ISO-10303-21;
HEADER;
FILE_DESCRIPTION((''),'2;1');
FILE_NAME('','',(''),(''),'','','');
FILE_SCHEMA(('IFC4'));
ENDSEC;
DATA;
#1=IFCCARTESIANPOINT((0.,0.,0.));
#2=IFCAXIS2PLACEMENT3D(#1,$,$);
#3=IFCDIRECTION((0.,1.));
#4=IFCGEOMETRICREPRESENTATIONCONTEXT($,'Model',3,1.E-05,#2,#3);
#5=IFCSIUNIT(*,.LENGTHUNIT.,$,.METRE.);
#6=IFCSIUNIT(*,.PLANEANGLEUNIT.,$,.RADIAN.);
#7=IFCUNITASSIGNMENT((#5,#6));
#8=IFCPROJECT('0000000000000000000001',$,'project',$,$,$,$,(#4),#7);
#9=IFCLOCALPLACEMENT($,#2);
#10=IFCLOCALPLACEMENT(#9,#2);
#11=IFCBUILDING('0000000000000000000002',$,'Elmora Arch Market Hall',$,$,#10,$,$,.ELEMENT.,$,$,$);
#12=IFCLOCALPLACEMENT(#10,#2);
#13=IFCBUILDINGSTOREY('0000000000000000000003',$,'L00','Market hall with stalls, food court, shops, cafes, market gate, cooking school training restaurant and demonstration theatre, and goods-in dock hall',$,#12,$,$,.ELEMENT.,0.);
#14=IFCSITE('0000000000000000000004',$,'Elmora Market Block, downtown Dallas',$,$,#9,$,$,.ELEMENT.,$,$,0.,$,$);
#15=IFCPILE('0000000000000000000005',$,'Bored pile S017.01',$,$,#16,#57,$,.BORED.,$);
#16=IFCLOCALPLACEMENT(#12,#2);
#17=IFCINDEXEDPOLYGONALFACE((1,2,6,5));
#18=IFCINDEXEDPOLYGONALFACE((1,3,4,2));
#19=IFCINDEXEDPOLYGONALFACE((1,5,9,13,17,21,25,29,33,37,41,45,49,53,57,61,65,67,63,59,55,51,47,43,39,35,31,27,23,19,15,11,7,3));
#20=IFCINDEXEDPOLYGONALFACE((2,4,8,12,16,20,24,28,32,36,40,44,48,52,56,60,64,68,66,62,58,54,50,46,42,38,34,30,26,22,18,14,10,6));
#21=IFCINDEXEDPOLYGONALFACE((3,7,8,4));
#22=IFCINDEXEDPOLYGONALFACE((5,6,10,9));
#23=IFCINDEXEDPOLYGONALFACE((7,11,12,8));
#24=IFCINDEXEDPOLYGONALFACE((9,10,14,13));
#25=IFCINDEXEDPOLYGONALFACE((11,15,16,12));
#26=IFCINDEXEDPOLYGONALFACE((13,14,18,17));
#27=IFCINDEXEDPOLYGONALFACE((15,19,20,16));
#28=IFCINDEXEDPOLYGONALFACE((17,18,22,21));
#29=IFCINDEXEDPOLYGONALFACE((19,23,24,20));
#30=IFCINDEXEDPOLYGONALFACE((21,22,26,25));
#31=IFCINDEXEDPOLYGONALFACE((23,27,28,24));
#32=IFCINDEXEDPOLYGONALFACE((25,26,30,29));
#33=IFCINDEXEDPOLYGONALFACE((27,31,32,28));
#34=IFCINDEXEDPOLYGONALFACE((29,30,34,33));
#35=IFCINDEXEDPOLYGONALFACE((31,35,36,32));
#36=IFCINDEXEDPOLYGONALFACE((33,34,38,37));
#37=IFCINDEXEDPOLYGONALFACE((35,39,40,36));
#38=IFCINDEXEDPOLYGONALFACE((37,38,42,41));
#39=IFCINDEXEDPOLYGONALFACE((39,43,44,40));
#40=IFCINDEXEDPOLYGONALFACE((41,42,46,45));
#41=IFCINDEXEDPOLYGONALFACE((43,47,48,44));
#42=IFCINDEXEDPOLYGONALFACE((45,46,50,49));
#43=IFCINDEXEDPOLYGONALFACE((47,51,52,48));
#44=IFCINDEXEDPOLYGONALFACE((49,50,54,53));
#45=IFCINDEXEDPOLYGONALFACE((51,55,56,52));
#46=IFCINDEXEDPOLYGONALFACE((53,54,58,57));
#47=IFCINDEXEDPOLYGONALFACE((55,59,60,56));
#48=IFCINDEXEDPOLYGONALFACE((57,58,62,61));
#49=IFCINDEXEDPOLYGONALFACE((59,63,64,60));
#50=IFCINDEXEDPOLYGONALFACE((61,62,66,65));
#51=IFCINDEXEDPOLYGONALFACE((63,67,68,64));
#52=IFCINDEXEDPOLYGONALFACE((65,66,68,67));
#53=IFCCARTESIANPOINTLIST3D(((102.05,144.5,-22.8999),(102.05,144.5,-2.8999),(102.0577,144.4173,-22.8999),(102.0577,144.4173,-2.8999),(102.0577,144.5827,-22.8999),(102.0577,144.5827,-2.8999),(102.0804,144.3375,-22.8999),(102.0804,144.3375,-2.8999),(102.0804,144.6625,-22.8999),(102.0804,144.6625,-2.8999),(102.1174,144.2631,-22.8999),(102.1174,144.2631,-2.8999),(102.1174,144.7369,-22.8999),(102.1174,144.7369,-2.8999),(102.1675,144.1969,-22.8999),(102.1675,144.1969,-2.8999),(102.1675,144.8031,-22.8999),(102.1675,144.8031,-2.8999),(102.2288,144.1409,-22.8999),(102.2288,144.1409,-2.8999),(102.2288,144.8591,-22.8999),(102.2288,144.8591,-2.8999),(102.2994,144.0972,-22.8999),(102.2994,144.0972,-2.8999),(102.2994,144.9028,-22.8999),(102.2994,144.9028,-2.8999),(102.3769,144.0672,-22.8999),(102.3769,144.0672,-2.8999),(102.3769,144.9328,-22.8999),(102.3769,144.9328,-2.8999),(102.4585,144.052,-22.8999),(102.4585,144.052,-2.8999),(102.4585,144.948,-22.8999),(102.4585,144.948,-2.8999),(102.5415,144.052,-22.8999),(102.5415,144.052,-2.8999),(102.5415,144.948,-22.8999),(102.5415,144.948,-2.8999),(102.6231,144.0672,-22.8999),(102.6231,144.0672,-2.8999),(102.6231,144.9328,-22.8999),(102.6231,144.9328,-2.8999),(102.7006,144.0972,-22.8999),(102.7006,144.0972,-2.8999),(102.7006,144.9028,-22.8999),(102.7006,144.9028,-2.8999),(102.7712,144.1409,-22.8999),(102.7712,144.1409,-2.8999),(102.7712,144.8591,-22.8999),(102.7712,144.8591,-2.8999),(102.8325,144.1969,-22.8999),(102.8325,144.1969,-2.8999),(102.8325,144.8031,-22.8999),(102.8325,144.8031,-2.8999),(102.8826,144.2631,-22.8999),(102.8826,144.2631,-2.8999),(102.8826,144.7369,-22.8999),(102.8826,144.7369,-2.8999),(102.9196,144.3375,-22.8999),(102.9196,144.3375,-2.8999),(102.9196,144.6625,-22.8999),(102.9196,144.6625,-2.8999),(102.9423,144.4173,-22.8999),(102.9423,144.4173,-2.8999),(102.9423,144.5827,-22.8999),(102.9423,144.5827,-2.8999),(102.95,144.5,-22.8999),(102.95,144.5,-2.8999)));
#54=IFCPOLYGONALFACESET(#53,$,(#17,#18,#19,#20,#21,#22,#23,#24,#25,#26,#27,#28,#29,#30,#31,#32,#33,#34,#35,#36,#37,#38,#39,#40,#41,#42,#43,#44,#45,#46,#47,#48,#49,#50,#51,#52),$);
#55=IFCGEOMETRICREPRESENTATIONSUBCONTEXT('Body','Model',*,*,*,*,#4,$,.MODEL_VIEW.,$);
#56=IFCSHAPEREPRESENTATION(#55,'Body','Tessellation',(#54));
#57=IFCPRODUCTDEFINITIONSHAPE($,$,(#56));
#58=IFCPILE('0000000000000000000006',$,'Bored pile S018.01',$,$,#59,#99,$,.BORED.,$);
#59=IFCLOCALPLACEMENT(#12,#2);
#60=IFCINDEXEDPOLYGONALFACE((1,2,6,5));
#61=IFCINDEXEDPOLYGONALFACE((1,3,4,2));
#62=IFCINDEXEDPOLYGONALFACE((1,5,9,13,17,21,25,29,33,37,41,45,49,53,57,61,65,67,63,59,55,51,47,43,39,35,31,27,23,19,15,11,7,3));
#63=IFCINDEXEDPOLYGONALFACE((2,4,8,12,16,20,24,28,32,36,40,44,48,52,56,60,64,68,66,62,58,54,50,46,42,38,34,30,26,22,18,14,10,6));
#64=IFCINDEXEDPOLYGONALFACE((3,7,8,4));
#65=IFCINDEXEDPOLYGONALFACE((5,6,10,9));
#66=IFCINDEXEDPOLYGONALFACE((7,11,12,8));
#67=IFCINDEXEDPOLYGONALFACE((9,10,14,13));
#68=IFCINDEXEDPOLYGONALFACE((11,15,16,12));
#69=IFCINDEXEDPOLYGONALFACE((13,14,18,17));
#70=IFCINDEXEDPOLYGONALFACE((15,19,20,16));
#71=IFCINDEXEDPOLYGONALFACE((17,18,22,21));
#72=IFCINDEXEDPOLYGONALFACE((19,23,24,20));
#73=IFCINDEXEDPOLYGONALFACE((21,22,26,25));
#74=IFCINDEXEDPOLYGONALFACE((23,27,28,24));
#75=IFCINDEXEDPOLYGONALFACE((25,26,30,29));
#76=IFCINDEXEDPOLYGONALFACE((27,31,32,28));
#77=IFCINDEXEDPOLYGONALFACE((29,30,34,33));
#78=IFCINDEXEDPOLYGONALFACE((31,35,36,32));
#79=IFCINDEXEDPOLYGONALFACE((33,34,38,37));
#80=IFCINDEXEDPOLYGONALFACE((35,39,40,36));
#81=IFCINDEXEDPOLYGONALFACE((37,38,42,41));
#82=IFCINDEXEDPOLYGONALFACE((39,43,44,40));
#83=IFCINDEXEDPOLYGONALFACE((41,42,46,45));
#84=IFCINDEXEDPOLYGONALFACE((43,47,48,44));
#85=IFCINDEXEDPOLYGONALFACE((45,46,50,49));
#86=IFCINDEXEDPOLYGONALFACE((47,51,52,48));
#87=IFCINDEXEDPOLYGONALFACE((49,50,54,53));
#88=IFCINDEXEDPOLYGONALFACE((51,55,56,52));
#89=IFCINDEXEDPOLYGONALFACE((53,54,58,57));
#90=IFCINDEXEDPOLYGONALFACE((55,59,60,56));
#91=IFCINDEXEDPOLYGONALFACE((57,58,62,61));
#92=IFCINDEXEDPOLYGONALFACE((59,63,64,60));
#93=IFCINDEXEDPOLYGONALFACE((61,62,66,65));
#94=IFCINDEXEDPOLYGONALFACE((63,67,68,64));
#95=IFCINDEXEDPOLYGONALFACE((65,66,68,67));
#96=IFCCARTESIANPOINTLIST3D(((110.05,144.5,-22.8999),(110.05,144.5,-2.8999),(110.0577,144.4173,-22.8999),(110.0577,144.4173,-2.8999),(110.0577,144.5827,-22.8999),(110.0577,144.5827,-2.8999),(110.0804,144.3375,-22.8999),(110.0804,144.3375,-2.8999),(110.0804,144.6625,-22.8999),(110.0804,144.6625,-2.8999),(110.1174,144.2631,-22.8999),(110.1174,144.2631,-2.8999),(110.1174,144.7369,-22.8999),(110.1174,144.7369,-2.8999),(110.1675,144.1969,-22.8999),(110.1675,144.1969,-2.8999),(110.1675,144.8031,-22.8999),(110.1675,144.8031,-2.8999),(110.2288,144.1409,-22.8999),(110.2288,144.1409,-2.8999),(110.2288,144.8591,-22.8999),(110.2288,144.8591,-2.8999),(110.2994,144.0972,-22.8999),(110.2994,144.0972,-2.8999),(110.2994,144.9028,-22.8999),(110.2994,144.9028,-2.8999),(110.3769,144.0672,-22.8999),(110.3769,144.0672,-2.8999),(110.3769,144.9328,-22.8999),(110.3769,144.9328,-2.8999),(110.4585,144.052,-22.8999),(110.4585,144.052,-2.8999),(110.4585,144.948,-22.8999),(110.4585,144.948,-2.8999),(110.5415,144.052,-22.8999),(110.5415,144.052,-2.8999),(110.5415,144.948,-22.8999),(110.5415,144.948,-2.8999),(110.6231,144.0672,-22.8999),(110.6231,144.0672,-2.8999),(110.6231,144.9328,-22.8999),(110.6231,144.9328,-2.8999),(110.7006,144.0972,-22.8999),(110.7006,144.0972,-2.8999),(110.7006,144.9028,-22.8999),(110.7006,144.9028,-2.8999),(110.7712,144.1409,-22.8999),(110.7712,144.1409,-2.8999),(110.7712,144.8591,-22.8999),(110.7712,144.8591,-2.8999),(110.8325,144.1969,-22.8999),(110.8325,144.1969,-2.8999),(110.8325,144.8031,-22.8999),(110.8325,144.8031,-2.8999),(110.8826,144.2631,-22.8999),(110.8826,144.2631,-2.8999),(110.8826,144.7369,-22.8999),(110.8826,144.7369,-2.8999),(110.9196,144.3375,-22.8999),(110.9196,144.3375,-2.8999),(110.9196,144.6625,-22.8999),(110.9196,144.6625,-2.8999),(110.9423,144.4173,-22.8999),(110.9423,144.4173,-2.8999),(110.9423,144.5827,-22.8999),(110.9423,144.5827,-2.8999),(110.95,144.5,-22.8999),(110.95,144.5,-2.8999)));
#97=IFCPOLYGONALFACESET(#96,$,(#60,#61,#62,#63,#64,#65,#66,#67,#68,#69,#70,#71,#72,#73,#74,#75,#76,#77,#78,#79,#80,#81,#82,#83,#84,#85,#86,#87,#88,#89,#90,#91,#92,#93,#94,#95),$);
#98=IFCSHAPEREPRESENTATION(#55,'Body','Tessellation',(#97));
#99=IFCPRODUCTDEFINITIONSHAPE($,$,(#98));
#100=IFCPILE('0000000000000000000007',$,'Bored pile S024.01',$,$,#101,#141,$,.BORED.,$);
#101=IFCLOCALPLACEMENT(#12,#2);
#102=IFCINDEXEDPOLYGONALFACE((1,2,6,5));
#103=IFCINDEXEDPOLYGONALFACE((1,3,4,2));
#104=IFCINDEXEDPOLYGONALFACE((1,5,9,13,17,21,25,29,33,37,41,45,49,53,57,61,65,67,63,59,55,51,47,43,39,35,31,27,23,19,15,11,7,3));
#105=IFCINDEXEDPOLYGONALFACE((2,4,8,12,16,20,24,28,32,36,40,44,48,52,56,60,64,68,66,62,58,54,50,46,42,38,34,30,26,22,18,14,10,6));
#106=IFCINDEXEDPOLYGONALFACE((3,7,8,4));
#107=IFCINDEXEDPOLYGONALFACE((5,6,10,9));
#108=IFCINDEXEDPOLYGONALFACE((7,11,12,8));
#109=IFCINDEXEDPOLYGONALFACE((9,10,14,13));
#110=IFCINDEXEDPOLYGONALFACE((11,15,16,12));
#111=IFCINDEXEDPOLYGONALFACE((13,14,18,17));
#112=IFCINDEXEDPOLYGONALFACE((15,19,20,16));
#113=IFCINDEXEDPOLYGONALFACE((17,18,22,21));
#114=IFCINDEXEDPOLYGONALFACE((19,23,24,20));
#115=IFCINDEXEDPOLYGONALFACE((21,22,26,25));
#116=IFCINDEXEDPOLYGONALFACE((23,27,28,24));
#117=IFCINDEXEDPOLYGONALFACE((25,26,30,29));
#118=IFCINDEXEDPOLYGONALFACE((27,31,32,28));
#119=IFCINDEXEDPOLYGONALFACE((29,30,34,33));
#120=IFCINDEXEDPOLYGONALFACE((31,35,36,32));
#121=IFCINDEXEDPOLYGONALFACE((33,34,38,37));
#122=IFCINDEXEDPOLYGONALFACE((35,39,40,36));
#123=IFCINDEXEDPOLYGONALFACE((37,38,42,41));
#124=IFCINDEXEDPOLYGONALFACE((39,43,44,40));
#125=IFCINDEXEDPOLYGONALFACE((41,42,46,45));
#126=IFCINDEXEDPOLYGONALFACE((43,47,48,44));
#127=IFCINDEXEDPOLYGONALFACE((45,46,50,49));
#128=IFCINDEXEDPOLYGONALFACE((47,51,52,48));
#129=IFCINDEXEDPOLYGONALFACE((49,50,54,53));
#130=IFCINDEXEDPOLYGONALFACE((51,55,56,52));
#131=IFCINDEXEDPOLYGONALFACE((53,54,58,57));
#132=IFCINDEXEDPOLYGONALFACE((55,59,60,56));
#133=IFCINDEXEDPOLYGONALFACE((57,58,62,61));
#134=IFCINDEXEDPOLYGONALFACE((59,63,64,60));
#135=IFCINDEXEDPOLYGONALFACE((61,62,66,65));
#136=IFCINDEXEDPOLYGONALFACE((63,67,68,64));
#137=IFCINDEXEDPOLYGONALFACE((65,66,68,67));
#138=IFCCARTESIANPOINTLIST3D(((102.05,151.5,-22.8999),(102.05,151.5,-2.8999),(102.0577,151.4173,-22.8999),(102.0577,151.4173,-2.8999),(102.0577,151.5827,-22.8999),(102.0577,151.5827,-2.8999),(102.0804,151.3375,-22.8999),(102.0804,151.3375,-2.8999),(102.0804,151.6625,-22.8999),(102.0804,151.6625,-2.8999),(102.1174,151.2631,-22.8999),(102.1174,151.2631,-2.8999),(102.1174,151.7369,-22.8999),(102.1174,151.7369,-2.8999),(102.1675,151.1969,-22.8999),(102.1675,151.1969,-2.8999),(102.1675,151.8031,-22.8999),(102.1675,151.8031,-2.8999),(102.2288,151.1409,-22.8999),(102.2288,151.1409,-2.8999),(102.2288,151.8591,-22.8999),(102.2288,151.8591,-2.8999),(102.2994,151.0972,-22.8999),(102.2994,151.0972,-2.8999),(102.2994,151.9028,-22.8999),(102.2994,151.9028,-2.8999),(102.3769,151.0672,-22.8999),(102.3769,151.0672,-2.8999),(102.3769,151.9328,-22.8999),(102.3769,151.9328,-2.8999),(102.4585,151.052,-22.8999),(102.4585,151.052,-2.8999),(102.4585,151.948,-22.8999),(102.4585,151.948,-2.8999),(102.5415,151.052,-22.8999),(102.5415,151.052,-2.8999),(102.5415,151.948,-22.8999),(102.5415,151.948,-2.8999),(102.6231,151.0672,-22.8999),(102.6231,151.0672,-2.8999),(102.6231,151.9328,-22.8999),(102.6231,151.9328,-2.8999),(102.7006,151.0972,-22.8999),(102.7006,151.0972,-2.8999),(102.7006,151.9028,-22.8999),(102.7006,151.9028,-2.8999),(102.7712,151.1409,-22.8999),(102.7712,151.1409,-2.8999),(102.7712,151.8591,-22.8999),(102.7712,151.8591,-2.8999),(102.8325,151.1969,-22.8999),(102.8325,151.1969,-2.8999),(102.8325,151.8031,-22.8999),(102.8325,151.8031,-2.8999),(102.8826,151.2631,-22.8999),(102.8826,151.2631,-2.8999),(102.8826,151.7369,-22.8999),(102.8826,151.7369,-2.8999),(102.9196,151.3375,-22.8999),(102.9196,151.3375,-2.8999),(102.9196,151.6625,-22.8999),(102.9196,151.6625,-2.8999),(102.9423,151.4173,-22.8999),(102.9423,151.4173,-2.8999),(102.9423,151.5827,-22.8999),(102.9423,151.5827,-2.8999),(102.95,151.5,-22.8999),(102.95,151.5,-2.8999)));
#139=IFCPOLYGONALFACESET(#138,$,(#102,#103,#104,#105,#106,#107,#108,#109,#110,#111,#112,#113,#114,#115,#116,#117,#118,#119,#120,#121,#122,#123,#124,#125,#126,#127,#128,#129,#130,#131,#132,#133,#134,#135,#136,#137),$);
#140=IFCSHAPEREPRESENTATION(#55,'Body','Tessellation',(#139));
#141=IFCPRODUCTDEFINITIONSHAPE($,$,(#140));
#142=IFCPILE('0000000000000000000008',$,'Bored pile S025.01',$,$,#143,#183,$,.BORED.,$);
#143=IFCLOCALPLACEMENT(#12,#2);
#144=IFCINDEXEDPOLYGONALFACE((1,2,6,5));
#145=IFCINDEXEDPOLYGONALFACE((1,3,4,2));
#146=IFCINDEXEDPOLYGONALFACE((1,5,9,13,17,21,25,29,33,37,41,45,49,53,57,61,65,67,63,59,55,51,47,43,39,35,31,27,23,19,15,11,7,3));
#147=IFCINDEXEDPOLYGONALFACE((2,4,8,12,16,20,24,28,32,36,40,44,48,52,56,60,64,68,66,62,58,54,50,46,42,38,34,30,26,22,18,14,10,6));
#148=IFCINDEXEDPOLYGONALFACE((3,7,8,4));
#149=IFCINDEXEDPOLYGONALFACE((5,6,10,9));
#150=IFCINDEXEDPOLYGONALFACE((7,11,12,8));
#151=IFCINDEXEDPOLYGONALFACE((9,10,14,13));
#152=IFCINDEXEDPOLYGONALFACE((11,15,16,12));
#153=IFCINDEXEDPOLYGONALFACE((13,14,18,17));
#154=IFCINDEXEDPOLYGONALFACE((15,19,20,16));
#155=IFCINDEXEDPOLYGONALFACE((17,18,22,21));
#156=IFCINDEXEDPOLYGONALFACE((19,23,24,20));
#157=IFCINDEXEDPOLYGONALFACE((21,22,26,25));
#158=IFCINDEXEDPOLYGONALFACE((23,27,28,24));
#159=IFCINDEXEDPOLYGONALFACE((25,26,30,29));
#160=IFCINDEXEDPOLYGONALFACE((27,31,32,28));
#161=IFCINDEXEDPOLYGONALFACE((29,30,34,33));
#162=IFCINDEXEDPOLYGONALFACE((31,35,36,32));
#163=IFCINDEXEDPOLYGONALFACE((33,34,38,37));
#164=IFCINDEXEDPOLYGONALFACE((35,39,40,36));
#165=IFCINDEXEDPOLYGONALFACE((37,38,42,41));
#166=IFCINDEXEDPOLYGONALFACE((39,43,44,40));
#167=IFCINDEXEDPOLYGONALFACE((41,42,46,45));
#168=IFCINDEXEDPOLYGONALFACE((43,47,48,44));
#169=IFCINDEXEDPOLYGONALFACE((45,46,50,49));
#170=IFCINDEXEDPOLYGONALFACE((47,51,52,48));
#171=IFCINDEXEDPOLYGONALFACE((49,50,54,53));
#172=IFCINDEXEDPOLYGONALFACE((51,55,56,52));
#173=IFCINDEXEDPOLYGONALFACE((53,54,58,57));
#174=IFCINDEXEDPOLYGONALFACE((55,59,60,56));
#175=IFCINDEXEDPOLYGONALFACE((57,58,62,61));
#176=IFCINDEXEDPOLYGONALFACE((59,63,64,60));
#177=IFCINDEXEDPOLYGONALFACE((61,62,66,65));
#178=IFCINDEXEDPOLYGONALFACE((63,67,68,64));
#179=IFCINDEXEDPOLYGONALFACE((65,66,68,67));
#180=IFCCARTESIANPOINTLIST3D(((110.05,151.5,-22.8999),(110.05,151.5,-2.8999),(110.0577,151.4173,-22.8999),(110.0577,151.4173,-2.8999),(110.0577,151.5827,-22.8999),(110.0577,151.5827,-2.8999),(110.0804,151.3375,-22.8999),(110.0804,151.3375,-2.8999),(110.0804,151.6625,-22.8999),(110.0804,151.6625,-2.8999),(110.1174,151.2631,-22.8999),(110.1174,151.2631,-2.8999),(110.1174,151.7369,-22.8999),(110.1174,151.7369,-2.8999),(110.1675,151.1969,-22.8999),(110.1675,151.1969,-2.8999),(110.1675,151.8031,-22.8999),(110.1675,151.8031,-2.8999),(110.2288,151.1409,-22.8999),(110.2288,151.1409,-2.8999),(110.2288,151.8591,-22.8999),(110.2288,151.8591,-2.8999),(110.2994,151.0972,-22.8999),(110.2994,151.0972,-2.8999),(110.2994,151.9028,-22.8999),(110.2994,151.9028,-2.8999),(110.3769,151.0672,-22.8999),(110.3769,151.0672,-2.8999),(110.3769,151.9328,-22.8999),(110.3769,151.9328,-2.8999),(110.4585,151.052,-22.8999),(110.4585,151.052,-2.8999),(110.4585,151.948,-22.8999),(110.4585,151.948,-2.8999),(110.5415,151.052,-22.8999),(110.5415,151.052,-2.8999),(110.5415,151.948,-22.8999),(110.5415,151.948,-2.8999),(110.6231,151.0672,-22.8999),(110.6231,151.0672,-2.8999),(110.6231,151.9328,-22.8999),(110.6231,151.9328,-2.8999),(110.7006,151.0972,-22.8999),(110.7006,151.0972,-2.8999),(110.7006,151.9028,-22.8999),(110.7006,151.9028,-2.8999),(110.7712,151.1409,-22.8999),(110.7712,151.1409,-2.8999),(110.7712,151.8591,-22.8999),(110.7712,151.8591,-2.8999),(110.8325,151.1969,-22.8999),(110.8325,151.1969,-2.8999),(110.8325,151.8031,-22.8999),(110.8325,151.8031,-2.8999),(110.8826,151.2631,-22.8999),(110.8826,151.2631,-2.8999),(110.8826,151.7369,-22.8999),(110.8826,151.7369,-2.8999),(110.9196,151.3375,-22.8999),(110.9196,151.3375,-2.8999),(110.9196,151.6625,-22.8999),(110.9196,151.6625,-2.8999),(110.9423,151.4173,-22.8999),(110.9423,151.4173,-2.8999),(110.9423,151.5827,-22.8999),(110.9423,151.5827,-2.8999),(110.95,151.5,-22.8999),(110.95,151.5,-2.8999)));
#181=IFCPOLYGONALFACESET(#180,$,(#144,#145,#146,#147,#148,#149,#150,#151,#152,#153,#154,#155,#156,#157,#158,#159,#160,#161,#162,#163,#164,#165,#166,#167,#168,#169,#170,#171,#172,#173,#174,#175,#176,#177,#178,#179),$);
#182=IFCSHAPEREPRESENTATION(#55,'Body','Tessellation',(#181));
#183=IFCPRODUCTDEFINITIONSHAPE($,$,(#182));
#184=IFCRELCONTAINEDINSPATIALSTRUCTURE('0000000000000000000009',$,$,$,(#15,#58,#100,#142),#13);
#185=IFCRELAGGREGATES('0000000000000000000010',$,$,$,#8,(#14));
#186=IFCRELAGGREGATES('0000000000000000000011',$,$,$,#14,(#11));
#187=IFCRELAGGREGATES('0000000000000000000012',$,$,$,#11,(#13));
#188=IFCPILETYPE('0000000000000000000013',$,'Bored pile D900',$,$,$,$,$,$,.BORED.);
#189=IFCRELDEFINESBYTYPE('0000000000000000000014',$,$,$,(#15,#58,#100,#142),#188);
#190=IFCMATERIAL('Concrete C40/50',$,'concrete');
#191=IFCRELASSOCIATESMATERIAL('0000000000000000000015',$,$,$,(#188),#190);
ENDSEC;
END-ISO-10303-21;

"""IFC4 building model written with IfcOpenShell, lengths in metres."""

from ifc_helpers import new_model, si_unit, direction, frame, origin, origin_2d, place, context, subcontext, project, spatial, circle, extrude, material, material_profile, profile_set, type_object, element, save


model = new_model("IFC4")

# Units and contexts
model_context = context("Model", 3, precision=1e-05, world=origin(), true_north=direction((0.0, 1.0)))
body_context = subcontext(model_context, "Body", "Model", "MODEL_VIEW")
ifc_project = project(units=[si_unit("LENGTHUNIT", "METRE"), si_unit("PLANEANGLEUNIT", "RADIAN")], contexts=[model_context])

# Site, building, storey
site_placement = place(None, origin())
site = spatial("IfcSite", under=ifc_project, at=site_placement, Name="Elmora Market Block, downtown Dallas", CompositionType="ELEMENT", RefElevation=0.0)
building_placement = place(site_placement, origin())
building = spatial("IfcBuilding", under=site, at=building_placement, Name="Elmora Arch Market Hall", CompositionType="ELEMENT")
storey_placement = place(building_placement, origin())
storey = spatial("IfcBuildingStorey", under=building, at=storey_placement, Name="L00", Description="Market hall with stalls, food court, shops, cafes, market gate, cooking school training restaurant and demonstration theatre, and goods-in dock hall", CompositionType="ELEMENT", Elevation=0.0)

# Piles
ifc_material_1 = material(Name="Concrete C40/50", Category="concrete")
ifc_material_profile_1 = material_profile(ifc_material_1, circle(Radius=0.45, at=origin_2d()), Name="Bored pile D900")
ifc_profile_set_1 = profile_set([ifc_material_profile_1], Name="Concrete C40/50")
pile_type = type_object("IfcPileType", Name="Bored pile D900", PredefinedType="BORED", material=ifc_profile_set_1)
for number, where, z_axis, x_axis, name in (
    (1, (102.5, 144.5, -2.8999), (0.0, 0.0, -1.0), (1.0, 0.0, 0.0), "Bored pile S017.01"),
    (2, (110.5, 144.5, -2.8999), (0.0, 0.0, -1.0), (1.0, 0.0, 0.0), "Bored pile S018.01"),
    (3, (102.5, 151.5, -2.8999), (0.0, 0.0, -1.0), (1.0, 0.0, 0.0), "Bored pile S024.01"),
    (4, (110.5, 151.5, -2.8999), (0.0, 0.0, -1.0), (1.0, 0.0, 0.0), "Bored pile S025.01"),
):
    element("IfcPile", number, at=place(storey_placement, frame(where, z_axis=z_axis, x_axis=x_axis)), inside=storey, type_object=pile_type, Name=name, PredefinedType="BORED", context=body_context, shape_type="SweptSolid", body=[
        extrude(circle(Radius=0.45, at=origin_2d()), origin(), (0.0, 0.0, 1.0), 20.0),
    ])

save(model, "model.ifc")
